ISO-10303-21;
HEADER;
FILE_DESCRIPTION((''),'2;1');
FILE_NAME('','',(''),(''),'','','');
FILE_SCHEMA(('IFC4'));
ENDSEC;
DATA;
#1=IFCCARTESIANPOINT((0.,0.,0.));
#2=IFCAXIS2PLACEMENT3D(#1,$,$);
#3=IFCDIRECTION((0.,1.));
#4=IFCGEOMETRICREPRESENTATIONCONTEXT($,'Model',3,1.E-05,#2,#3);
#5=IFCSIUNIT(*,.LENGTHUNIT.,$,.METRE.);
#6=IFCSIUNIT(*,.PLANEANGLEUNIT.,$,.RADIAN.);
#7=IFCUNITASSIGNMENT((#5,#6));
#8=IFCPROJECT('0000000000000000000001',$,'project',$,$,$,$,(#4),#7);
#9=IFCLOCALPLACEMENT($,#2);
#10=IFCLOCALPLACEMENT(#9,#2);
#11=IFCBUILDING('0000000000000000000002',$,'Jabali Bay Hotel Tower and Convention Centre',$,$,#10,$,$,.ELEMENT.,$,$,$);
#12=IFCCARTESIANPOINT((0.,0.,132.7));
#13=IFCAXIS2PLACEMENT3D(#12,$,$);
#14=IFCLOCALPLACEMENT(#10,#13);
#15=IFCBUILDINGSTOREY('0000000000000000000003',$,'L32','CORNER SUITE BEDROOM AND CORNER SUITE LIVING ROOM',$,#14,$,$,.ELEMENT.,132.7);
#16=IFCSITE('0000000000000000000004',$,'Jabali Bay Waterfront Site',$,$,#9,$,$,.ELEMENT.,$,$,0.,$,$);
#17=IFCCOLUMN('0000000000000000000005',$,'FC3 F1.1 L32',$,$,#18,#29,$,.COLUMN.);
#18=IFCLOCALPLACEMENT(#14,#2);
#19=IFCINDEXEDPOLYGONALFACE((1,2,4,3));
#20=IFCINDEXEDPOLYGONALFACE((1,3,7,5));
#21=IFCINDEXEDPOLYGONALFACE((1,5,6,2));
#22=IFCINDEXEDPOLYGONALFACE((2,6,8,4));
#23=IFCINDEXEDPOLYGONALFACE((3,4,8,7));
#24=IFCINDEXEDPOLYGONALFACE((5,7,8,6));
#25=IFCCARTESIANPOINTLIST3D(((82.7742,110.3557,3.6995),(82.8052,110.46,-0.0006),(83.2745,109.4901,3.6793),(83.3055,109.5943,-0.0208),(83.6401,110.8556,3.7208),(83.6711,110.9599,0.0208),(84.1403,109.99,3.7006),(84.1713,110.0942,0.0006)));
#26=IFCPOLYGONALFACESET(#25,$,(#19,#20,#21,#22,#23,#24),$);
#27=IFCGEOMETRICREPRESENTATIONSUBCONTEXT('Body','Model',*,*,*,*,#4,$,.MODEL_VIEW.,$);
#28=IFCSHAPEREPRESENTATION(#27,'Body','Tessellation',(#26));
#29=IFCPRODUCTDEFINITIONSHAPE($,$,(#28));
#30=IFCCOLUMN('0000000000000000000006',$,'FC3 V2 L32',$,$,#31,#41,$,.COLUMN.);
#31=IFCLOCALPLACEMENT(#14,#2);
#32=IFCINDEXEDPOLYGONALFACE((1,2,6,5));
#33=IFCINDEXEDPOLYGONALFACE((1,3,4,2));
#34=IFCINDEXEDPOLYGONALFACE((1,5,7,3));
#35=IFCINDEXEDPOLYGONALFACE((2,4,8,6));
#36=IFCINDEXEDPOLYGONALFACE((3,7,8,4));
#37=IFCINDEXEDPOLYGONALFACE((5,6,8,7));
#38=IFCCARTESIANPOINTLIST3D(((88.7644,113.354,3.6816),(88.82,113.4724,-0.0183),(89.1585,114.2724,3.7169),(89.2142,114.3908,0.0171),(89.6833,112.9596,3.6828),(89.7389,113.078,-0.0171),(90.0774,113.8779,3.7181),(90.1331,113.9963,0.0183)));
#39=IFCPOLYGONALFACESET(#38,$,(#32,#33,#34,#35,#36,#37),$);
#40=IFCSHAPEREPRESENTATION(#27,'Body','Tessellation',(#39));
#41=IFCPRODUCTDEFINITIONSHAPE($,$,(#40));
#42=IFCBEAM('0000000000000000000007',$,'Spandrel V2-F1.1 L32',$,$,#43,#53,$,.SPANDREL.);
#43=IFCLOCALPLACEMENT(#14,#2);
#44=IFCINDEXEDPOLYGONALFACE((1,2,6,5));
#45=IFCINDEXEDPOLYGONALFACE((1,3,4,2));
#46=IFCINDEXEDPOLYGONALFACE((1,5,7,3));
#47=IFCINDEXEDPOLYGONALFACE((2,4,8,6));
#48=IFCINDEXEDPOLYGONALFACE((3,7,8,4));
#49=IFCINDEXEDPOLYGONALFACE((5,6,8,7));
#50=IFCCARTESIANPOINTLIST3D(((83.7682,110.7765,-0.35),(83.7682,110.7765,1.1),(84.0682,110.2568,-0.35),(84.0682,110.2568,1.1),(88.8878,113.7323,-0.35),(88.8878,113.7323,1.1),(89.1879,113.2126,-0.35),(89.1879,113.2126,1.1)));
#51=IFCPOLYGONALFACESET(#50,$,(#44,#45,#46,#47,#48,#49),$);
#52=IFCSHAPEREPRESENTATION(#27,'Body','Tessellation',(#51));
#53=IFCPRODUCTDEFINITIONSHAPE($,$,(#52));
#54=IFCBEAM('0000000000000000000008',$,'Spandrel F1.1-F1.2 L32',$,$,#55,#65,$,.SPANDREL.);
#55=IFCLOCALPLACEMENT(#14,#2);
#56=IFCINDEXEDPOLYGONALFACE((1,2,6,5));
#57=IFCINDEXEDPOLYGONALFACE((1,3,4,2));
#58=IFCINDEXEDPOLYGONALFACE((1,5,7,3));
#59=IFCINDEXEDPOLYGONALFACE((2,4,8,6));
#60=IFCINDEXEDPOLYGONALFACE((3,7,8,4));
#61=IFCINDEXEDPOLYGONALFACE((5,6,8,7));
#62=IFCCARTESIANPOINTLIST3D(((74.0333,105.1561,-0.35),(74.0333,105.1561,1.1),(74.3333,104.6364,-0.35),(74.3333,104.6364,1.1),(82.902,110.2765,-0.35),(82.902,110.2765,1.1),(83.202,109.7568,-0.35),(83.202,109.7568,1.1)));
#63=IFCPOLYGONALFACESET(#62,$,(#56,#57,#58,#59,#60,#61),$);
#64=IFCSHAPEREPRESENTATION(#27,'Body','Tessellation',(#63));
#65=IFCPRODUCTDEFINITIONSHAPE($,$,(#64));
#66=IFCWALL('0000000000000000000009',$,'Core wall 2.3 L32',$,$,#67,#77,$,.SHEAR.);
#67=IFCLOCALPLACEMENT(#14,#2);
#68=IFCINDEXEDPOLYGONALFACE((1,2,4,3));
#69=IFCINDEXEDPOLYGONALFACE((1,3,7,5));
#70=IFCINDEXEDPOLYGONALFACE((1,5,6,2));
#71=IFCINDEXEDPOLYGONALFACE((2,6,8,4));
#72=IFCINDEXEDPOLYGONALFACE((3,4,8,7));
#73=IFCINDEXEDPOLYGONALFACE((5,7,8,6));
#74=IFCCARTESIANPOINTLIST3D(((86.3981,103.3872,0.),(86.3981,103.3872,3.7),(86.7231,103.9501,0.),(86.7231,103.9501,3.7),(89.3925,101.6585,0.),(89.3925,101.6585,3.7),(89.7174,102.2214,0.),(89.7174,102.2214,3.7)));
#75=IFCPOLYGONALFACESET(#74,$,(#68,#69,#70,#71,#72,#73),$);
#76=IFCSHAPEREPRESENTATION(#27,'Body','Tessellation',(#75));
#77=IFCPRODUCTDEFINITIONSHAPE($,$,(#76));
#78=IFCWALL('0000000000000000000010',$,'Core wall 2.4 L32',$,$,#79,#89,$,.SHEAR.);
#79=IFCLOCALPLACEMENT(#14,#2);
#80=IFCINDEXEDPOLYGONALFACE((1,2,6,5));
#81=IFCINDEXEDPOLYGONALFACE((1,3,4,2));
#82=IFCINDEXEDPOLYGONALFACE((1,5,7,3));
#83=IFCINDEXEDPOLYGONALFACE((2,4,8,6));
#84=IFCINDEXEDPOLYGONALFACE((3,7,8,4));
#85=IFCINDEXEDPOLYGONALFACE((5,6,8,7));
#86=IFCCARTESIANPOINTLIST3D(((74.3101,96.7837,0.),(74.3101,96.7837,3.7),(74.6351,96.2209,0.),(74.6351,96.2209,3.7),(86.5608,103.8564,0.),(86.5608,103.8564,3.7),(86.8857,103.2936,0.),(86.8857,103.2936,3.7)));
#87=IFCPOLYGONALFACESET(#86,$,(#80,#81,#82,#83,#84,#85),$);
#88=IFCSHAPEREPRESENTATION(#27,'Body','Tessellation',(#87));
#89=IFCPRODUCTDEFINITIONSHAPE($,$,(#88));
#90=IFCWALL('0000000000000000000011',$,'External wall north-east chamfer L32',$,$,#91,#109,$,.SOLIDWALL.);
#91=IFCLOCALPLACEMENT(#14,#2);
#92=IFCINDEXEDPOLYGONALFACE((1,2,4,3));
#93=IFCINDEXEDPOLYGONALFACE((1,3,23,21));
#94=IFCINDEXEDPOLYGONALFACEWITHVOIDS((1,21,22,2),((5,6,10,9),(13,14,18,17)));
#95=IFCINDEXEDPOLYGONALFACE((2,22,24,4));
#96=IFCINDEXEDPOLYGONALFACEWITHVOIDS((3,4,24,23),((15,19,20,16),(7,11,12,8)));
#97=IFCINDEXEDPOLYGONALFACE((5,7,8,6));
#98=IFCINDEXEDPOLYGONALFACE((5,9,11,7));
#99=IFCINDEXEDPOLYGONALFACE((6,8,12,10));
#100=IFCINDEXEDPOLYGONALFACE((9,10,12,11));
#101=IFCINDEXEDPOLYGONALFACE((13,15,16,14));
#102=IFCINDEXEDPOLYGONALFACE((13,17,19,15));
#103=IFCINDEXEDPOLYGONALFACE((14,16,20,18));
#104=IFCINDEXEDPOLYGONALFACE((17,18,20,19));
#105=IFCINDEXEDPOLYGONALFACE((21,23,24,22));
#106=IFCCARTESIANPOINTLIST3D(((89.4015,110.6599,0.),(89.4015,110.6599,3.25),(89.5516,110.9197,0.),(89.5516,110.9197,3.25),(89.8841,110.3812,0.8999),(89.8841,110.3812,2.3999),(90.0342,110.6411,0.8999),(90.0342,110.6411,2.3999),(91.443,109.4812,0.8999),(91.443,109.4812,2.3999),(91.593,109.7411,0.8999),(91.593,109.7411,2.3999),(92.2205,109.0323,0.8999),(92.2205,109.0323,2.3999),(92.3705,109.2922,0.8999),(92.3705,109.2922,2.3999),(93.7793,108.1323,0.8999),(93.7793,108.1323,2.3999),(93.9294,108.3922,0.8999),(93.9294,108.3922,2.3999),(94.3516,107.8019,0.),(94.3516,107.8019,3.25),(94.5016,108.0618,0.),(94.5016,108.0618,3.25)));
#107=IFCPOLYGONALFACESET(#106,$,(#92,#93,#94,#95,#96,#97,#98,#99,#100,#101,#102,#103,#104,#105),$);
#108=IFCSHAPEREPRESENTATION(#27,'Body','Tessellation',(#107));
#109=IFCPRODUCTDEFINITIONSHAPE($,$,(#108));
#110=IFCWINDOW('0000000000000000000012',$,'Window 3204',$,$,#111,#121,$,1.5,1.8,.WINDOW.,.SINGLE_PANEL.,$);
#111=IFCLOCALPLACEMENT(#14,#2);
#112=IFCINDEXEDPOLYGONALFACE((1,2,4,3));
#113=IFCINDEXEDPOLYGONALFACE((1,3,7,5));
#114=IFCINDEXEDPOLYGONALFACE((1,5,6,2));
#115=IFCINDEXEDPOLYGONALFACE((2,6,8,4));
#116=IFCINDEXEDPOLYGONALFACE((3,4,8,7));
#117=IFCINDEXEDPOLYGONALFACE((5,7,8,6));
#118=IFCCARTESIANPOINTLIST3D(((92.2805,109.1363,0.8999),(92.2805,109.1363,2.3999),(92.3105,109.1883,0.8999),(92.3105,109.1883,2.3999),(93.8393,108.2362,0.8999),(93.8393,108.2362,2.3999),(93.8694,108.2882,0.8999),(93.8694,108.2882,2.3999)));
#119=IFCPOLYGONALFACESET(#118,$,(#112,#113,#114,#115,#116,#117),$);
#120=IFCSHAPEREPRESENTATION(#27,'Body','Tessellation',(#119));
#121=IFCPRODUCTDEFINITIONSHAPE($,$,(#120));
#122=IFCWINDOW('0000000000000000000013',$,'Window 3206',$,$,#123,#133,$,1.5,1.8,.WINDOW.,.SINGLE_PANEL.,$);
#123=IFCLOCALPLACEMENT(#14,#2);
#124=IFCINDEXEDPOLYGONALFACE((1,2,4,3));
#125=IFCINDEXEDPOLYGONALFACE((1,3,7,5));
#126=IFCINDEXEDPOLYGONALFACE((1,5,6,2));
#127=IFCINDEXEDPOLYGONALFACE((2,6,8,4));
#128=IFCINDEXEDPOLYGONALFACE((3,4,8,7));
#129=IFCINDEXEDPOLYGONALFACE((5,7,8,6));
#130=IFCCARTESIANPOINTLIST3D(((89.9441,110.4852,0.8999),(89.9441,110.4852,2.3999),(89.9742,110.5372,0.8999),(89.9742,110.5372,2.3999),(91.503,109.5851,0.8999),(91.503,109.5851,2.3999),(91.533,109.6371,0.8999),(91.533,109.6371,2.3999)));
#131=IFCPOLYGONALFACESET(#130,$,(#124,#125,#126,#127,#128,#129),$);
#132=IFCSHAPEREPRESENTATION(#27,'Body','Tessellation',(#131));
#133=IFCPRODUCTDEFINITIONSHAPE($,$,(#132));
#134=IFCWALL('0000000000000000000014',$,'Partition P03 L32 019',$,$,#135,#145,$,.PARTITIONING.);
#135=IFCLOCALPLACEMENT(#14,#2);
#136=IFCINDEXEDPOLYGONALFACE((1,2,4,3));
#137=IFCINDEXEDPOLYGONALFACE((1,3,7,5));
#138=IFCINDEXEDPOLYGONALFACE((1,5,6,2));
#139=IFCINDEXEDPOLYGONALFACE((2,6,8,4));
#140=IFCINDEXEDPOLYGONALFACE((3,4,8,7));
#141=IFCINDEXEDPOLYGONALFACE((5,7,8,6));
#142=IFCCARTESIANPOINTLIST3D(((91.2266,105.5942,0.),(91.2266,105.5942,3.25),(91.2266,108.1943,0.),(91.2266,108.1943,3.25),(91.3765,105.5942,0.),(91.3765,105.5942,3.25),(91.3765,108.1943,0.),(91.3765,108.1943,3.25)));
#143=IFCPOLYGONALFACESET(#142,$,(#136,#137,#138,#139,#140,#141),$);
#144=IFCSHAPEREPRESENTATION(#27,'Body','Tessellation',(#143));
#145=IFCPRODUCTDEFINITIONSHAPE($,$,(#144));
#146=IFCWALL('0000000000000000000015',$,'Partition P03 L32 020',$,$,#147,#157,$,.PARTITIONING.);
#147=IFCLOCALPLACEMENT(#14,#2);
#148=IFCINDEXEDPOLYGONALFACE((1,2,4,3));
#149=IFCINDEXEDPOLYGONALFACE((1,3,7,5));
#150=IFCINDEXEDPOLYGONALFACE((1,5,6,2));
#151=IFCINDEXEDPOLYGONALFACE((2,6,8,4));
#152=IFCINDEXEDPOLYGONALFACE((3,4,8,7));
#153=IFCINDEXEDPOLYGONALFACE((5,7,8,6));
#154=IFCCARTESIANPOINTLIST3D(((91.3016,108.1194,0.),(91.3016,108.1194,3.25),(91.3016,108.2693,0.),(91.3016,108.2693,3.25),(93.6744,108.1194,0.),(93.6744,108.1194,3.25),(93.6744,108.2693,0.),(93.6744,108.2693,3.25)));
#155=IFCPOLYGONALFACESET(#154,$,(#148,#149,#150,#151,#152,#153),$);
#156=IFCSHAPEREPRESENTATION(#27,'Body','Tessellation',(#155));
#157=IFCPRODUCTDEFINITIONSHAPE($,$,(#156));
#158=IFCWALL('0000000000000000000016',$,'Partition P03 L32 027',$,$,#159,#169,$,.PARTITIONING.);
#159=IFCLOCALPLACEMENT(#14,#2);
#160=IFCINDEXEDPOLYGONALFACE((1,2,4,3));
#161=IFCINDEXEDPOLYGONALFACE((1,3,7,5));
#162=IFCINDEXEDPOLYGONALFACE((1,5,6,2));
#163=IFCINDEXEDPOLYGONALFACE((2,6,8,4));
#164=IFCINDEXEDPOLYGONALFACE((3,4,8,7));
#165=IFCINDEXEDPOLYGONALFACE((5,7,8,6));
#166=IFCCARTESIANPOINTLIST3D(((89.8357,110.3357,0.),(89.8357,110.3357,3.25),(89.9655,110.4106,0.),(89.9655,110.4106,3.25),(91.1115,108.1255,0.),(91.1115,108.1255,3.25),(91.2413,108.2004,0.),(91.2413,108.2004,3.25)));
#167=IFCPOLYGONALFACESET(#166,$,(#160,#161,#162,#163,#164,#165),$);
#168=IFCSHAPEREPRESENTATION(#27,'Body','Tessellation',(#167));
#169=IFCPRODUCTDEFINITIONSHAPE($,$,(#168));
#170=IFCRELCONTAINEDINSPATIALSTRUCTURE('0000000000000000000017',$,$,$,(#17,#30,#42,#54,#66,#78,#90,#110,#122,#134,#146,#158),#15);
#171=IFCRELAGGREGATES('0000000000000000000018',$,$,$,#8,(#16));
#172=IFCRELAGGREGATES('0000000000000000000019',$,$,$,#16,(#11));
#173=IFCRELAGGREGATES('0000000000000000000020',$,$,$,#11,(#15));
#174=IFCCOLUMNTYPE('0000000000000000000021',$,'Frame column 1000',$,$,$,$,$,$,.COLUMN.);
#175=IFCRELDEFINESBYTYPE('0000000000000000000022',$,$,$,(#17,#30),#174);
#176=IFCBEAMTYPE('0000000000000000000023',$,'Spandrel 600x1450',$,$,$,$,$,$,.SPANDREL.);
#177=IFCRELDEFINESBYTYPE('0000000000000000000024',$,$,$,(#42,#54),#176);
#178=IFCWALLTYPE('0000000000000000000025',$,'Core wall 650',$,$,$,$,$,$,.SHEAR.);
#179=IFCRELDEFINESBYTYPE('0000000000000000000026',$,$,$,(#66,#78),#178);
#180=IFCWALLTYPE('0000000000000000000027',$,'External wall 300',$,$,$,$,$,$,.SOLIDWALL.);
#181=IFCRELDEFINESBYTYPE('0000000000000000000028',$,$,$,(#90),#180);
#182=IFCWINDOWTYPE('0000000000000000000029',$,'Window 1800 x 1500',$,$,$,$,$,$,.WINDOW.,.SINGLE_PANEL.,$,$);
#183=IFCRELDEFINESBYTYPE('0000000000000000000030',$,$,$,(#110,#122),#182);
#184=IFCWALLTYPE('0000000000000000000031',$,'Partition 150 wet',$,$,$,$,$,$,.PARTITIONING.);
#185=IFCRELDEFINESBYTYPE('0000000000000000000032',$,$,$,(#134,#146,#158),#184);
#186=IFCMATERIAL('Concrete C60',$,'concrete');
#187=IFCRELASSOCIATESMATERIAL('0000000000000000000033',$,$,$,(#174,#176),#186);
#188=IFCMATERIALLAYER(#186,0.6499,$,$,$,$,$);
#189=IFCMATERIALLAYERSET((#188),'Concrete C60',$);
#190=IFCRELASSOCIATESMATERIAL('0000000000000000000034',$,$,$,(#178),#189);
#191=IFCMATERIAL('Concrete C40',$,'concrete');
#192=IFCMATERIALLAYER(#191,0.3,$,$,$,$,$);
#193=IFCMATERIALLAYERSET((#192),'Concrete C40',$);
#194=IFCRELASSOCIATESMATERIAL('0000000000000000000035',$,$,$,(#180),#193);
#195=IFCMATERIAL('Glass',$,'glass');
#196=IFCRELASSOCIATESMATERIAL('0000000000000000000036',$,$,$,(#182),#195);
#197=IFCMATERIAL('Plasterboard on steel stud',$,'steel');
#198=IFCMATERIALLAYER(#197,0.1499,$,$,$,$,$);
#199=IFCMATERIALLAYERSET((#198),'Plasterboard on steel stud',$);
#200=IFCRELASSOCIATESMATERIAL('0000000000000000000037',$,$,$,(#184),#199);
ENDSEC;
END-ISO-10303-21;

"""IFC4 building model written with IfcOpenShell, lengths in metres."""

from ifc_helpers import new_model, si_unit, direction, frame, frame_2d, origin, origin_2d, place, context, subcontext, project, spatial, rectangle, extrude, material, layer, layer_set, material_profile, profile_set, type_object, element, fill, save


model = new_model("IFC4")

# Units and contexts
model_context = context("Model", 3, precision=1e-05, world=origin(), true_north=direction((0.0, 1.0)))
body_context = subcontext(model_context, "Body", "Model", "MODEL_VIEW")
ifc_project = project(units=[si_unit("LENGTHUNIT", "METRE"), si_unit("PLANEANGLEUNIT", "RADIAN")], contexts=[model_context])

# Site, building, storey
site_placement = place(None, origin())
site = spatial("IfcSite", under=ifc_project, at=site_placement, Name="Jabali Bay Waterfront Site", CompositionType="ELEMENT", RefElevation=0.0)
building_placement = place(site_placement, origin())
building = spatial("IfcBuilding", under=site, at=building_placement, Name="Jabali Bay Hotel Tower and Convention Centre", CompositionType="ELEMENT")
storey_placement = place(building_placement, frame((0.0, 0.0, 132.7)))
storey = spatial("IfcBuildingStorey", under=building, at=storey_placement, Name="L32", Description="CORNER SUITE BEDROOM AND CORNER SUITE LIVING ROOM", CompositionType="ELEMENT", Elevation=132.7)

# Columns
ifc_material_1 = material(Name="Concrete C60", Category="concrete")
ifc_material_profile_1 = material_profile(ifc_material_1, rectangle(XDim=1.0, YDim=1.0, at=origin_2d()), Name="Frame column 1000")
ifc_profile_set_1 = profile_set([ifc_material_profile_1], Name="Concrete C60")
column_type = type_object("IfcColumnType", Name="Frame column 1000", PredefinedType="COLUMN", material=ifc_profile_set_1)
column_1_placement = place(storey_placement, frame((83.4883, 110.2771, 0.0), z_axis=(-0.008376, -0.028163, 0.999568), x_axis=(0.865846, 0.499855, 0.02134)))
element("IfcColumn", 1, at=column_1_placement, inside=storey, type_object=column_type, Name="FC3 F1.1 L32", PredefinedType="COLUMN", context=body_context, shape_type="SweptSolid", body=[
    extrude(rectangle(XDim=1.0, YDim=1.0, at=origin_2d()), origin(), (0.0, 0.0, 1.0), 3.7017),
])
column_2_placement = place(storey_placement, frame((89.4766, 113.7344, 0.0), z_axis=(-0.015035, -0.031983, 0.999375), x_axis=(0.91892, -0.394442, 0.001202)))
element("IfcColumn", 2, at=column_2_placement, inside=storey, type_object=column_type, Name="FC3 V2 L32", PredefinedType="COLUMN", context=body_context, shape_type="SweptSolid", body=[
    extrude(rectangle(XDim=1.0, YDim=1.0, at=origin_2d()), origin(), (0.0, 0.0, 1.0), 3.7021),
])

# Beams
ifc_material_profile_2 = material_profile(ifc_material_1, rectangle(XDim=0.6001, YDim=1.45, at=origin_2d()), Name="Spandrel 600x1450")
ifc_profile_set_2 = profile_set([ifc_material_profile_2], Name="Concrete C60")
beam_type = type_object("IfcBeamType", Name="Spandrel 600x1450", PredefinedType="SPANDREL", material=ifc_profile_set_2)
beam_1_placement = place(storey_placement, frame((89.0378, 113.4724, 0.375), z_axis=(-0.866026, -0.499999, 0.0), x_axis=(0.499999, -0.866026, 0.0)))
element("IfcBeam", 3, at=beam_1_placement, inside=storey, type_object=beam_type, Name="Spandrel V2-F1.1 L32", PredefinedType="SPANDREL", context=body_context, shape_type="SweptSolid", body=[
    extrude(rectangle(XDim=0.6001, YDim=1.45, at=origin_2d()), origin(), (0.0, 0.0, 1.0), 5.9116),
])
beam_2_placement = place(storey_placement, frame((83.052, 110.0166, 0.375), z_axis=(-0.866024, -0.500003, 0.0), x_axis=(0.500003, -0.866024, 0.0)))
element("IfcBeam", 4, at=beam_2_placement, inside=storey, type_object=beam_type, Name="Spandrel F1.1-F1.2 L32", PredefinedType="SPANDREL", context=body_context, shape_type="SweptSolid", body=[
    extrude(rectangle(XDim=0.6001, YDim=1.45, at=origin_2d()), origin(), (0.0, 0.0, 1.0), 10.2407),
])

# Walls
ifc_layer_1 = layer(ifc_material_1, 0.6499)
ifc_layer_set_1 = layer_set([ifc_layer_1], Name="Concrete C60")
wall_type_1 = type_object("IfcWallType", Name="Core wall 650", PredefinedType="SHEAR", material=ifc_layer_set_1)
wall_1_placement = place(storey_placement, frame((89.5549, 101.9399, 0.0), z_axis=(0.0, 0.0, 1.0), x_axis=(-0.866032, 0.499989, 0.0)))
element("IfcWall", 5, at=wall_1_placement, inside=storey, type_object=wall_type_1, Name="Core wall 2.3 L32", PredefinedType="SHEAR", context=body_context, shape_type="SweptSolid", body=[
    extrude(rectangle(XDim=3.4575, YDim=0.6499, at=frame_2d((1.7288, 0.0))), origin(), (0.0, 0.0, 1.0), 3.7),
])
wall_2_placement = place(storey_placement, frame((86.7231, 103.575, 0.0), z_axis=(0.0, 0.0, 1.0), x_axis=(-0.866032, -0.499989, 0.0)))
element("IfcWall", 6, at=wall_2_placement, inside=storey, type_object=wall_type_1, Name="Core wall 2.4 L32", PredefinedType="SHEAR", context=body_context, shape_type="SweptSolid", body=[
    extrude(rectangle(XDim=14.1458, YDim=0.6499, at=frame_2d((7.0728, 0.0))), origin(), (0.0, 0.0, 1.0), 3.7),
])

# Wall, openings, windows
ifc_material_2 = material(Name="Concrete C40", Category="concrete")
ifc_layer_2 = layer(ifc_material_2, 0.3)
ifc_layer_set_2 = layer_set([ifc_layer_2], Name="Concrete C40")
wall_type_2 = type_object("IfcWallType", Name="External wall 300", PredefinedType="SOLIDWALL", material=ifc_layer_set_2)
wall_3_placement = place(storey_placement, frame((89.4766, 110.7898, 0.0), z_axis=(0.0, 0.0, 1.0), x_axis=(0.866021, -0.500007, 0.0)))
wall_3 = element("IfcWall", 7, at=wall_3_placement, inside=storey, type_object=wall_type_2, Name="External wall north-east chamfer L32", PredefinedType="SOLIDWALL", context=body_context, shape_type="SweptSolid", body=[
    extrude(rectangle(XDim=5.7158, YDim=0.3, at=frame_2d((2.8579, 0.0))), origin(), (0.0, 0.0, 1.0), 3.25),
])
opening_1_placement = place(wall_3_placement, frame((3.2551, 0.0, 0.8999)))
opening_1 = element("IfcOpeningElement", 8, at=opening_1_placement, cuts=wall_3, PredefinedType="OPENING", context=body_context, shape_type="SweptSolid", body=[
    extrude(rectangle(XDim=1.8, YDim=1.5, at=frame_2d((0.8999, 0.75))), frame((0.0, 0.1606, 0.0), z_axis=(0.0, -1.0, 0.0), x_axis=(1.0, 0.0, 0.0)), (0.0, 0.0, 1.0), 0.321),
])
opening_2_placement = place(wall_3_placement, frame((0.5574, 0.0, 0.8999)))
opening_2 = element("IfcOpeningElement", 9, at=opening_2_placement, cuts=wall_3, PredefinedType="OPENING", context=body_context, shape_type="SweptSolid", body=[
    extrude(rectangle(XDim=1.8, YDim=1.5, at=frame_2d((0.8999, 0.75))), frame((0.0, 0.1606, 0.0), z_axis=(0.0, -1.0, 0.0), x_axis=(1.0, 0.0, 0.0)), (0.0, 0.0, 1.0), 0.321),
])
ifc_material_3 = material(Name="Glass", Category="glass")
window_type = type_object("IfcWindowType", Name="Window 1800 x 1500", PartitioningType="SINGLE_PANEL", PredefinedType="WINDOW", material=ifc_material_3)
window_1_placement = place(opening_1_placement, origin())
window_1 = element("IfcWindow", 10, at=window_1_placement, inside=storey, type_object=window_type, Name="Window 3204", OverallHeight=1.5, OverallWidth=1.8, PartitioningType="SINGLE_PANEL", PredefinedType="WINDOW", context=body_context, shape_type="SweptSolid", body=[
    extrude(rectangle(XDim=1.8, YDim=1.5, at=frame_2d((0.8999, 0.75))), frame((0.0, 0.03, 0.0), z_axis=(0.0, -1.0, 0.0), x_axis=(1.0, 0.0, 0.0)), (0.0, 0.0, 1.0), 0.0601),
])
fill(opening_1, window_1)
window_2_placement = place(opening_2_placement, origin())
window_2 = element("IfcWindow", 11, at=window_2_placement, inside=storey, type_object=window_type, Name="Window 3206", OverallHeight=1.5, OverallWidth=1.8, PartitioningType="SINGLE_PANEL", PredefinedType="WINDOW", context=body_context, shape_type="SweptSolid", body=[
    extrude(rectangle(XDim=1.8, YDim=1.5, at=frame_2d((0.8999, 0.75))), frame((0.0, 0.03, 0.0), z_axis=(0.0, -1.0, 0.0), x_axis=(1.0, 0.0, 0.0)), (0.0, 0.0, 1.0), 0.0601),
])
fill(opening_2, window_2)

# Walls
ifc_material_4 = material(Name="Plasterboard on steel stud", Category="steel")
ifc_layer_3 = layer(ifc_material_4, 0.1499)
ifc_layer_set_3 = layer_set([ifc_layer_3], Name="Plasterboard on steel stud")
wall_type_3 = type_object("IfcWallType", Name="Partition 150 wet", PredefinedType="PARTITIONING", material=ifc_layer_set_3)
wall_4_placement = place(storey_placement, frame((91.3015, 105.5942, 0.0), z_axis=(0.0, 0.0, 1.0), x_axis=(0.0, 1.0, 0.0)))
element("IfcWall", 12, at=wall_4_placement, inside=storey, type_object=wall_type_3, Name="Partition P03 L32 019", PredefinedType="PARTITIONING", context=body_context, shape_type="SweptSolid", body=[
    extrude(rectangle(XDim=2.6001, YDim=0.1499, at=frame_2d((1.3, 0.0))), origin(), (0.0, 0.0, 1.0), 3.25),
])
wall_5_placement = place(storey_placement, frame((91.3015, 108.1943, 0.0), z_axis=(0.0, 0.0, 1.0), x_axis=(1.0, 0.0, 0.0)))
element("IfcWall", 13, at=wall_5_placement, inside=storey, type_object=wall_type_3, Name="Partition P03 L32 020", PredefinedType="PARTITIONING", context=body_context, shape_type="SweptSolid", body=[
    extrude(rectangle(XDim=2.3728, YDim=0.1499, at=frame_2d((1.1865, 0.0))), origin(), (0.0, 0.0, 1.0), 3.25),
])
wall_6_placement = place(storey_placement, frame((89.9006, 110.373, 0.0), z_axis=(0.0, 0.0, 1.0), x_axis=(0.499946, -0.866057, 0.0)))
element("IfcWall", 14, at=wall_6_placement, inside=storey, type_object=wall_type_3, Name="Partition P03 L32 027", PredefinedType="PARTITIONING", context=body_context, shape_type="SweptSolid", body=[
    extrude(rectangle(XDim=2.552, YDim=0.1499, at=frame_2d((1.2759, 0.0))), origin(), (0.0, 0.0, 1.0), 3.25),
])

save(model, "model.ifc")
